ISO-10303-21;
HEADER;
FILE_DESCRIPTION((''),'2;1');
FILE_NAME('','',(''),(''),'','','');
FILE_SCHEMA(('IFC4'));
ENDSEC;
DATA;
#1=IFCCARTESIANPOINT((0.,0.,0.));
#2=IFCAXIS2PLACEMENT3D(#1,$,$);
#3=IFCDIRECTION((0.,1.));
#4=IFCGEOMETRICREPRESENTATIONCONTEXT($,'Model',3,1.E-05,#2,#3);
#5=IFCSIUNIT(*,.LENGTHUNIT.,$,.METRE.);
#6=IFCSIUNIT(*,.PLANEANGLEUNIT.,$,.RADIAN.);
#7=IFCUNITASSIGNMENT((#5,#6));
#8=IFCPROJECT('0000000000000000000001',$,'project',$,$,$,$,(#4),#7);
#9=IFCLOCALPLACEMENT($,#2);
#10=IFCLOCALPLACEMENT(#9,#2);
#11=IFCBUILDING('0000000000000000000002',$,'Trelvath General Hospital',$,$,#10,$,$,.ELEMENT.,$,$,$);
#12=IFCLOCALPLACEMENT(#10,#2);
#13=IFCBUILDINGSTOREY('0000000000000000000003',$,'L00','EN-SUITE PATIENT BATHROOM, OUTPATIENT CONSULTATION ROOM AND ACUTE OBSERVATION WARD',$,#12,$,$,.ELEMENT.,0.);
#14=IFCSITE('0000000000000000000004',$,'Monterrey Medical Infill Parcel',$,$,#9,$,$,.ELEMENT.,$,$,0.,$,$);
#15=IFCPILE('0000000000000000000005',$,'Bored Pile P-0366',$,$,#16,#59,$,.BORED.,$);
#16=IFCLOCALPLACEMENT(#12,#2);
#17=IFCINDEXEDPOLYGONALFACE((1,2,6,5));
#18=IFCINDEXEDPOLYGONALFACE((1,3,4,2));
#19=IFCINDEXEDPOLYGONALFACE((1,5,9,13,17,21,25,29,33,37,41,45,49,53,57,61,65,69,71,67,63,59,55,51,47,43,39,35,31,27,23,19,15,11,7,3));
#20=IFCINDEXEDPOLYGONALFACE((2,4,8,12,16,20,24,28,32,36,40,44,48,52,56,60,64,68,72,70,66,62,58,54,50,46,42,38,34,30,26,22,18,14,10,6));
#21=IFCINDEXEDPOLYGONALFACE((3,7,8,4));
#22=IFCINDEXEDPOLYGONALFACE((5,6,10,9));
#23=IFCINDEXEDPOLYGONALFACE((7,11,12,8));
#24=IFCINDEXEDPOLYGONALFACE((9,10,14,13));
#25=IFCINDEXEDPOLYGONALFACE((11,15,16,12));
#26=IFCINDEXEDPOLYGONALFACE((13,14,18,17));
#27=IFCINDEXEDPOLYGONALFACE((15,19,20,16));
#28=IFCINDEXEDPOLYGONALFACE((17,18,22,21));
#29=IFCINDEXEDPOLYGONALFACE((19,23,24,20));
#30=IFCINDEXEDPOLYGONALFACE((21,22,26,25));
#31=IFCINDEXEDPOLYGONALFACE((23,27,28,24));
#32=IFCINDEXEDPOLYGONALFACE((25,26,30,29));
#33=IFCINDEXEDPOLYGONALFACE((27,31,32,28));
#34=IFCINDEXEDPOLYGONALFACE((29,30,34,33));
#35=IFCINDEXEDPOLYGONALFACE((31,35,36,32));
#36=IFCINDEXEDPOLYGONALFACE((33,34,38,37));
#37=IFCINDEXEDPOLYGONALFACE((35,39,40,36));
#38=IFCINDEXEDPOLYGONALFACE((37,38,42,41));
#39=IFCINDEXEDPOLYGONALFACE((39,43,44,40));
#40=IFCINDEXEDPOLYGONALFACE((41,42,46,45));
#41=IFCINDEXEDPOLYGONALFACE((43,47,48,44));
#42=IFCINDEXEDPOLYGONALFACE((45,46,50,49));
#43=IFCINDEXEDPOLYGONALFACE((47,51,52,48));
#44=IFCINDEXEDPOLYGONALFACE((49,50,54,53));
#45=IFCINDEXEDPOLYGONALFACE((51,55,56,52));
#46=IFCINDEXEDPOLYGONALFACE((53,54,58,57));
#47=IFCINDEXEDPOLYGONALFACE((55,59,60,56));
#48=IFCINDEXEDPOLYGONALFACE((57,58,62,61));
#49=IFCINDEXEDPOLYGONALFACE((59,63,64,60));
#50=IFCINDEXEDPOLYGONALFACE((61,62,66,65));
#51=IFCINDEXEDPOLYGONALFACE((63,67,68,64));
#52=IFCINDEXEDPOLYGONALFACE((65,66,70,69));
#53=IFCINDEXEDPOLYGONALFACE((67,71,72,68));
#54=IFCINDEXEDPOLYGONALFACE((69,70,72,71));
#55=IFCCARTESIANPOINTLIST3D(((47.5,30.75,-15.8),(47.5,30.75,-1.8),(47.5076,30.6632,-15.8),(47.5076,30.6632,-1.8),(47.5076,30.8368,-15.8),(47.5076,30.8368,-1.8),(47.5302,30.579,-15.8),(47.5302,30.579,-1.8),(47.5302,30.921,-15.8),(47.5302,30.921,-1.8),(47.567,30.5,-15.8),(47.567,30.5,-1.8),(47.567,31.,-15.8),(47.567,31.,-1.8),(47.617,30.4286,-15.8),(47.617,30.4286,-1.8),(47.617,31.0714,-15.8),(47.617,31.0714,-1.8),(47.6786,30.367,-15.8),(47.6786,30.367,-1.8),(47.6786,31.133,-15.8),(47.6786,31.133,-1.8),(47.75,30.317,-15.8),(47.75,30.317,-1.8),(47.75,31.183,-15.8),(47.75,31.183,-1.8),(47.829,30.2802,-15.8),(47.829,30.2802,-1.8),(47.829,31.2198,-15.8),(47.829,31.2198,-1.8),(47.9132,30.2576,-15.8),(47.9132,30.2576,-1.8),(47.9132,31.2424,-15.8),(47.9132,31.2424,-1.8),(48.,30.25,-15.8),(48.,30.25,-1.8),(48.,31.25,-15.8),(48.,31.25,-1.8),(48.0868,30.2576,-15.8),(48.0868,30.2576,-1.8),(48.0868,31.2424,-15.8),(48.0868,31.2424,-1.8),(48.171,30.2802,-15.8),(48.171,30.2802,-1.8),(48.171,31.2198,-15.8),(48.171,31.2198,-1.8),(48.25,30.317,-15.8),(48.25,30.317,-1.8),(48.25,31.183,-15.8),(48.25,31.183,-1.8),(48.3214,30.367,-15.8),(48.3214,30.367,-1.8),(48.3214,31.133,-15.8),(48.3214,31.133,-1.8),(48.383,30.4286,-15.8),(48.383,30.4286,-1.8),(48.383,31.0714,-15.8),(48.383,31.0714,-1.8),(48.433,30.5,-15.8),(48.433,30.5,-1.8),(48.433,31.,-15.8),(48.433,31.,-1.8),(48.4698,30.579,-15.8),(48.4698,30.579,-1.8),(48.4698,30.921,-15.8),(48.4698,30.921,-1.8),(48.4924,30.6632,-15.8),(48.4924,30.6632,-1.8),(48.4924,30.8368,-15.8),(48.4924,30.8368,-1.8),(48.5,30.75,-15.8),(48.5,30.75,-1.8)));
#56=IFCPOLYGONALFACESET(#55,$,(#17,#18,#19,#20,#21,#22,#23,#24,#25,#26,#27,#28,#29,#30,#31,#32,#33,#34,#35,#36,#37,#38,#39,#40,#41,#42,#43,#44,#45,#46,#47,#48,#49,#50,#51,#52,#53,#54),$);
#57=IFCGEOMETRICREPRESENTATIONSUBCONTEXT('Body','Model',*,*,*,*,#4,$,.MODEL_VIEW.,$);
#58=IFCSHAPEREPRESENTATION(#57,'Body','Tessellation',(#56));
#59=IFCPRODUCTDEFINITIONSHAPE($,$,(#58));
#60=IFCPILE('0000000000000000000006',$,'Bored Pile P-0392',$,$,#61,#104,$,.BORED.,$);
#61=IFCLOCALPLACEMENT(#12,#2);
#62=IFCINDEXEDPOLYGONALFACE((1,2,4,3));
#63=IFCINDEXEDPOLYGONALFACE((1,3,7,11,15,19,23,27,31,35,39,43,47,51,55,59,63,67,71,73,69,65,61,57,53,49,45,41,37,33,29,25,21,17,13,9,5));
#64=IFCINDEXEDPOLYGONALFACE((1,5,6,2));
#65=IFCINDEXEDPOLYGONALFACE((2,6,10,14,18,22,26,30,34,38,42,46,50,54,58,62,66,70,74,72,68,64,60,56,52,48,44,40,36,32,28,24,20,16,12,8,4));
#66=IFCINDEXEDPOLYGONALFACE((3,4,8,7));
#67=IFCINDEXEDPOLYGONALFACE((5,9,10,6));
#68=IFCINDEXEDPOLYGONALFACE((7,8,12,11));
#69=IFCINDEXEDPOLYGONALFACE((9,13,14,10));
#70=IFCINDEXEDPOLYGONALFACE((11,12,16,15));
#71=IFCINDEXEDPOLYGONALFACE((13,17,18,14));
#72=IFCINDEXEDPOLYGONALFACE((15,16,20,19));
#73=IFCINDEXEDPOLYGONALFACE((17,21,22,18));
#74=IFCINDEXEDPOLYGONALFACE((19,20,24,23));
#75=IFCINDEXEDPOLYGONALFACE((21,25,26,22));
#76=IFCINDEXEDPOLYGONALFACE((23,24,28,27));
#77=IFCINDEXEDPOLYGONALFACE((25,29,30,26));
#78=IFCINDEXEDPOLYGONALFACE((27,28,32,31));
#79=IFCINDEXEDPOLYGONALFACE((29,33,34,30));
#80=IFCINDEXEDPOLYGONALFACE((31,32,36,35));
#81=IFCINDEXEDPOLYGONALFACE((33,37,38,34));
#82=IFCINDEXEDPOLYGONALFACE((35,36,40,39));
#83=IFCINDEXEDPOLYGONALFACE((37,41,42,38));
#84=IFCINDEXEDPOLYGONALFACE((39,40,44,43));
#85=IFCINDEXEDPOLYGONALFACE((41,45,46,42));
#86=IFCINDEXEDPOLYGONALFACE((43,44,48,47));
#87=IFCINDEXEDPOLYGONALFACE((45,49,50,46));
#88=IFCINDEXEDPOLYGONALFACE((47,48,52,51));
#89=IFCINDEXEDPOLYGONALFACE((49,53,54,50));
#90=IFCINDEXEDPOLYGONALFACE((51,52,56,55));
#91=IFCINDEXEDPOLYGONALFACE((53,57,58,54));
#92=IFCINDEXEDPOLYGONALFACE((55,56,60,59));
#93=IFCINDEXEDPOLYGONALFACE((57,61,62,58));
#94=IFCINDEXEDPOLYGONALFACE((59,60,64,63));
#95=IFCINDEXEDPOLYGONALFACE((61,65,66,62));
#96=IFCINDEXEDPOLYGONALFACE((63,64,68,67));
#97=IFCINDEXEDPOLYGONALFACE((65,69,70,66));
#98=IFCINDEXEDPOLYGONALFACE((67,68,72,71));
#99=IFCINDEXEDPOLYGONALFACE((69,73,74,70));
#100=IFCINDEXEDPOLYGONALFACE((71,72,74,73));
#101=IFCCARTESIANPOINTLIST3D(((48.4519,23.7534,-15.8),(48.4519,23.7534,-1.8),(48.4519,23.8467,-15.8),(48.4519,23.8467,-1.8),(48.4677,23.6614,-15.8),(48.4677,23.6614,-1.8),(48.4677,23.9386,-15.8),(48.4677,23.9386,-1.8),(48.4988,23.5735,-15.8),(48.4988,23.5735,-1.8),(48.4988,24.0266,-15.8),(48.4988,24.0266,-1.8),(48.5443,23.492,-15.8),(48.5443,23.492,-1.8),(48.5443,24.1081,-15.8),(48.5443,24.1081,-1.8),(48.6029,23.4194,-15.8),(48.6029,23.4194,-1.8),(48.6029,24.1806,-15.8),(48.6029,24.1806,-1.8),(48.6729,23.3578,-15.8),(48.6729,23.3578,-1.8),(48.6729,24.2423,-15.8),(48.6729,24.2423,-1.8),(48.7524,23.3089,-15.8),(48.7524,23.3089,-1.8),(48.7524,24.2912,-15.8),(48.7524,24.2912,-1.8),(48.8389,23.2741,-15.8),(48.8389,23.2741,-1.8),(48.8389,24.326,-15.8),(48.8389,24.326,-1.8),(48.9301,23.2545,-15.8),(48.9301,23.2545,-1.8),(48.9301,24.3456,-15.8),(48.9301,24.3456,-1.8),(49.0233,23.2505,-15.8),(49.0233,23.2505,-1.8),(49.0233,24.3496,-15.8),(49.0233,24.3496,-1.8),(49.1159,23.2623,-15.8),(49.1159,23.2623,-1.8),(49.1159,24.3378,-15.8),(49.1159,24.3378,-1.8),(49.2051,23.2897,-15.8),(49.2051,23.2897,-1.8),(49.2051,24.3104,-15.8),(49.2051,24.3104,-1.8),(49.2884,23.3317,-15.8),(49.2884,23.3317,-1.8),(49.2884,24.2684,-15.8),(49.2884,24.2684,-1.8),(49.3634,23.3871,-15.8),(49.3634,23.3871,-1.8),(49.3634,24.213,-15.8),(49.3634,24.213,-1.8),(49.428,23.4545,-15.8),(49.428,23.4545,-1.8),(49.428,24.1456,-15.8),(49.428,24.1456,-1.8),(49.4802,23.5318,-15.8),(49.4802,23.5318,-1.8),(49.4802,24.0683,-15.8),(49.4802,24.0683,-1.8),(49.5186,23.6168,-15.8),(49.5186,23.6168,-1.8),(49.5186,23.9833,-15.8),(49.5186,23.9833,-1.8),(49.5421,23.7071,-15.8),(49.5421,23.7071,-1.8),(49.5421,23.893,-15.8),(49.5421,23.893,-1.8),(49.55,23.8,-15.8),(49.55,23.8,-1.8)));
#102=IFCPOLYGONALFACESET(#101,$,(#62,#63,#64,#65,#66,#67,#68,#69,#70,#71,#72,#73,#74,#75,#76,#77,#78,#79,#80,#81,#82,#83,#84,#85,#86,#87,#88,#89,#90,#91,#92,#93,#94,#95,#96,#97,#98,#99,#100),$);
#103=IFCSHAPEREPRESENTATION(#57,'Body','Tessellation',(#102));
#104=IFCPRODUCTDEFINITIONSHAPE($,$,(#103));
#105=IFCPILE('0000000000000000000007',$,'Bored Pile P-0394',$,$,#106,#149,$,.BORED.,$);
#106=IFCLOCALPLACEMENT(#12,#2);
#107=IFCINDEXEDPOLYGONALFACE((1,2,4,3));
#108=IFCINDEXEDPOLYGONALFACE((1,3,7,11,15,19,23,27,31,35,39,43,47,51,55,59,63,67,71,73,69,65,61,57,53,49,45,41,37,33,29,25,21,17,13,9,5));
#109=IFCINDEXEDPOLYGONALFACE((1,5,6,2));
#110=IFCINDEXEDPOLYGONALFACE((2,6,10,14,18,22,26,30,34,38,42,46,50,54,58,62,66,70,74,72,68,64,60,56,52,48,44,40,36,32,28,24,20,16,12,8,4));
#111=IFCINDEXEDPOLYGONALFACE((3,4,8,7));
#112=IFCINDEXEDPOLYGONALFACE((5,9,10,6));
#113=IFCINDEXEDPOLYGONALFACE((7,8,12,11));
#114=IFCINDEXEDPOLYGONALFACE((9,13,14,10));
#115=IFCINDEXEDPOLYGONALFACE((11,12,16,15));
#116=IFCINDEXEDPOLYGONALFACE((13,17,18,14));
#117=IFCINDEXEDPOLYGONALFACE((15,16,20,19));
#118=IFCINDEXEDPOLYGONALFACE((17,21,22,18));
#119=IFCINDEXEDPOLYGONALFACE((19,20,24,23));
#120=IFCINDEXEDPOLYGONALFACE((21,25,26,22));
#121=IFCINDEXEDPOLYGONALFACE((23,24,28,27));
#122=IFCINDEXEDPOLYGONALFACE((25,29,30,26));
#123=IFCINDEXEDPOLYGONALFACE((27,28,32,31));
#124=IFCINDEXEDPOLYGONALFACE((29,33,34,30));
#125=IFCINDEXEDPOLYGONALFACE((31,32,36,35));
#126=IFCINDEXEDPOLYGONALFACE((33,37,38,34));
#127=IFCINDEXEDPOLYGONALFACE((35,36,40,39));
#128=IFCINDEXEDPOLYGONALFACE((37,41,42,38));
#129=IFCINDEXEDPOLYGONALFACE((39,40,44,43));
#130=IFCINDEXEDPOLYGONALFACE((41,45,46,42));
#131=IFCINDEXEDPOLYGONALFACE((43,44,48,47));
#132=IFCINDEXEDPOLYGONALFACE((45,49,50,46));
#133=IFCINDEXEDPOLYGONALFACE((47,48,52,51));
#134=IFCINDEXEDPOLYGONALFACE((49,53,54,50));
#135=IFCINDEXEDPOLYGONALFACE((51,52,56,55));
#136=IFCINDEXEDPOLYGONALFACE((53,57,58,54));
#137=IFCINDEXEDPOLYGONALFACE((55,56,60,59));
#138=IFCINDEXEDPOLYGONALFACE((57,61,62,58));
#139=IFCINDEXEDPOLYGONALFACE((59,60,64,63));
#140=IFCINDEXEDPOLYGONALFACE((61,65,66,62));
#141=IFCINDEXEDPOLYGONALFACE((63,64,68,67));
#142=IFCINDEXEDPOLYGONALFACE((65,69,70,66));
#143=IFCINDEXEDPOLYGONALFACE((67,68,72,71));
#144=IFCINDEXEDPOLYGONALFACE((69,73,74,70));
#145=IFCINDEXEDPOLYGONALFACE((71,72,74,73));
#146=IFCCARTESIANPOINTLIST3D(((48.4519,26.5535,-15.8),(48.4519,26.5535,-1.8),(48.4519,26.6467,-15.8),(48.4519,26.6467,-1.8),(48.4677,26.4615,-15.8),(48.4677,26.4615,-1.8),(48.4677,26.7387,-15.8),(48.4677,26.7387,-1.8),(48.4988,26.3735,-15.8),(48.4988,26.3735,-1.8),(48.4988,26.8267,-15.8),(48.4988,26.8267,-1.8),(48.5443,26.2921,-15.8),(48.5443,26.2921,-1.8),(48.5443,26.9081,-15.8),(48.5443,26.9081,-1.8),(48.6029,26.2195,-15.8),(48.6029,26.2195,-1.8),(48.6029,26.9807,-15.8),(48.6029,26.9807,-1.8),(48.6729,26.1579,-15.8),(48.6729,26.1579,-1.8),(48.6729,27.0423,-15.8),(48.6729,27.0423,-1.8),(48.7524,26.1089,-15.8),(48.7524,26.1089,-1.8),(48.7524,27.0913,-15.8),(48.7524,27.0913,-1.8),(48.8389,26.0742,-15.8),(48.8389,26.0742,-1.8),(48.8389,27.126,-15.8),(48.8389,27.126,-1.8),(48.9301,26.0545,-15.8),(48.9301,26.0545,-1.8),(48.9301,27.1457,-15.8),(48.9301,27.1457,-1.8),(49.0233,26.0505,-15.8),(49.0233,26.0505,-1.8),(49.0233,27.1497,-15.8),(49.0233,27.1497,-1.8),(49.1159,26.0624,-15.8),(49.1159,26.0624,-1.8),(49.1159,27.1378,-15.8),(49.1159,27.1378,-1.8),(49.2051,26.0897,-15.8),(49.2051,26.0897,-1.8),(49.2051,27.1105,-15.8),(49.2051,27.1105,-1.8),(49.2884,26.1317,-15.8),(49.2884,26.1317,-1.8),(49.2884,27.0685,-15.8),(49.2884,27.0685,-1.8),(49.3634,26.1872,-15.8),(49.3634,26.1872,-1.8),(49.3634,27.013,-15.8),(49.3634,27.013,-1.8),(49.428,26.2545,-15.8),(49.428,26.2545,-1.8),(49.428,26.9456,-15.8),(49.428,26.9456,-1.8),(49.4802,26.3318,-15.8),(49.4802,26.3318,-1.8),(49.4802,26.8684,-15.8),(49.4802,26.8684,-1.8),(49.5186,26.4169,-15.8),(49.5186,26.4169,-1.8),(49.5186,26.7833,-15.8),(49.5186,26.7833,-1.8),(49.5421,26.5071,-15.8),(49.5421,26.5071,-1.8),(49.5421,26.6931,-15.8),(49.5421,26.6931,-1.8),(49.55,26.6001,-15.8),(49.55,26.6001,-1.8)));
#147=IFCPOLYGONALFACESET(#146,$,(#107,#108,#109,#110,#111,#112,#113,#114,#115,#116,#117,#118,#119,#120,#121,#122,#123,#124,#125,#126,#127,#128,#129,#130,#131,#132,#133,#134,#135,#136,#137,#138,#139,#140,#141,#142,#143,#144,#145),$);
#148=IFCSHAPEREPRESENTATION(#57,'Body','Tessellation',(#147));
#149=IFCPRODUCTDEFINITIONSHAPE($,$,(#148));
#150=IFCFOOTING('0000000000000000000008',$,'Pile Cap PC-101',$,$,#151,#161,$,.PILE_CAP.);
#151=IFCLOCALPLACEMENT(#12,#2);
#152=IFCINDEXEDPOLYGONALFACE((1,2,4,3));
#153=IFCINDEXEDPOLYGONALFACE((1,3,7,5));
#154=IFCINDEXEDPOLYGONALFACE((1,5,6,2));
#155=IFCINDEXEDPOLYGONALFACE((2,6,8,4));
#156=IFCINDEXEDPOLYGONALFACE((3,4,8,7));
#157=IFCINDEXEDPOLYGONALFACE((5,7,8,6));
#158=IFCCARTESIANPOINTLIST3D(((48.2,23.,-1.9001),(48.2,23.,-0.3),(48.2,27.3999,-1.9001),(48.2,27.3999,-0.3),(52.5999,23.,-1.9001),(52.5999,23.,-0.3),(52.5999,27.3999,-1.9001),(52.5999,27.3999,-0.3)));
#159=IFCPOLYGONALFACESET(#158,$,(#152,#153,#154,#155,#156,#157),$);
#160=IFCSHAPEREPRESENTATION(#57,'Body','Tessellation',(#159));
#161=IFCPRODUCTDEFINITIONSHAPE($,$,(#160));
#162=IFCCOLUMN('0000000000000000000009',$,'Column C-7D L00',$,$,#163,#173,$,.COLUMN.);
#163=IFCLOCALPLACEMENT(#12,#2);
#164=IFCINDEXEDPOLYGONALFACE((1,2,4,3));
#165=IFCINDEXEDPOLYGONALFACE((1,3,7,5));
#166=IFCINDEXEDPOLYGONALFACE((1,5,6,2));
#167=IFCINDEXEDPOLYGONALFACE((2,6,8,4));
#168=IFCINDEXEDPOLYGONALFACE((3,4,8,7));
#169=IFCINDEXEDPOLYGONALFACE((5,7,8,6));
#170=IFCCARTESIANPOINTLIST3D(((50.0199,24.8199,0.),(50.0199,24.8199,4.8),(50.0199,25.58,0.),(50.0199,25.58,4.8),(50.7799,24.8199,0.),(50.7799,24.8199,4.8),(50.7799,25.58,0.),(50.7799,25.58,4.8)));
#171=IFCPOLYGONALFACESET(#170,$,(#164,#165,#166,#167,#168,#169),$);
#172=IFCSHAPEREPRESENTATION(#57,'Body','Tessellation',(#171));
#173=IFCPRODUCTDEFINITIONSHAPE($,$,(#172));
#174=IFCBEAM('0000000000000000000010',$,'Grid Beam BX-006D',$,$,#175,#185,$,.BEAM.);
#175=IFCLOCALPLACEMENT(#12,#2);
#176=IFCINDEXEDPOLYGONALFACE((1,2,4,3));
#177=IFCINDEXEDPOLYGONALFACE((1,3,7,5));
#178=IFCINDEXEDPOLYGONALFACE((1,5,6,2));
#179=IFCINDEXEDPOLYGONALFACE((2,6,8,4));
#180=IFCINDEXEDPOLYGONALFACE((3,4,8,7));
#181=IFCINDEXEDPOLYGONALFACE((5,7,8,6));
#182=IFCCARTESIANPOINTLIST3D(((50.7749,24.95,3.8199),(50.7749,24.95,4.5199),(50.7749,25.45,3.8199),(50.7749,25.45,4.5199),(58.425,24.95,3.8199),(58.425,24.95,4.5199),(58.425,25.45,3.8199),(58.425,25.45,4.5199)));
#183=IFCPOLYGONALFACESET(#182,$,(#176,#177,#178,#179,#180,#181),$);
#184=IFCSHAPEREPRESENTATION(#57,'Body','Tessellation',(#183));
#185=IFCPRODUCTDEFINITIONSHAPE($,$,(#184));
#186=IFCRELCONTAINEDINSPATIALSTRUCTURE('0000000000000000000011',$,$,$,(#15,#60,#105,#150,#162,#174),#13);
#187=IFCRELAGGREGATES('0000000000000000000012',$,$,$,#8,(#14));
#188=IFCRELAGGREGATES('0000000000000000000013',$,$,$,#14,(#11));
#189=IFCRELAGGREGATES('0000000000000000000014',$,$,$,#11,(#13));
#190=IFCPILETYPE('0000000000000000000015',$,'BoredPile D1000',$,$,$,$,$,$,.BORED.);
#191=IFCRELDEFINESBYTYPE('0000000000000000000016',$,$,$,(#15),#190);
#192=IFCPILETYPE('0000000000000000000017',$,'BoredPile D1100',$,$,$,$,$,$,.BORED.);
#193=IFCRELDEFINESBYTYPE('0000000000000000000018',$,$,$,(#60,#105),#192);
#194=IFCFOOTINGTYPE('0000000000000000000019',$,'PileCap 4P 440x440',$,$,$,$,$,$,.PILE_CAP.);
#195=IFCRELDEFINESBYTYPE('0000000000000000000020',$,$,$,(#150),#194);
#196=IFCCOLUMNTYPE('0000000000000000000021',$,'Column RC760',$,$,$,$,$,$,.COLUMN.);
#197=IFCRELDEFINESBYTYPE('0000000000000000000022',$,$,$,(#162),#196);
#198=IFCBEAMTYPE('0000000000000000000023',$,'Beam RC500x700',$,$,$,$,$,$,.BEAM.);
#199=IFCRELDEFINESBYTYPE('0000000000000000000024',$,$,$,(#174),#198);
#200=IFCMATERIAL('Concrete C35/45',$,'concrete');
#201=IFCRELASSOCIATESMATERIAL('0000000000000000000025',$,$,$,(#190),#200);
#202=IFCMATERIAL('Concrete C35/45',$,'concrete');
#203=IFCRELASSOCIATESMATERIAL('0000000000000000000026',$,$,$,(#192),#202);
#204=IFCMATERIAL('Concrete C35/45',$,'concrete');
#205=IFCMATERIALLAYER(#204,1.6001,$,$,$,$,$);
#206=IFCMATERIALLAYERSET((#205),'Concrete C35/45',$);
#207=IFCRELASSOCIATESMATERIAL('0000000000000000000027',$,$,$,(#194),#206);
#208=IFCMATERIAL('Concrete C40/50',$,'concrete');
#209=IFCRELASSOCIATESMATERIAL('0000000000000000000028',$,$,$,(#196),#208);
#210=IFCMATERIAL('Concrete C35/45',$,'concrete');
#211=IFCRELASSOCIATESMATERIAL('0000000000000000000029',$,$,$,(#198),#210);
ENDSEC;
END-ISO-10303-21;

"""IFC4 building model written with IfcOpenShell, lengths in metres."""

from ifc_helpers import new_model, si_unit, direction, frame, origin, origin_2d, place, context, subcontext, project, spatial, rectangle, circle, extrude, material, layer, layer_set, material_profile, profile_set, type_object, element, save


model = new_model("IFC4")

# Units and contexts
model_context = context("Model", 3, precision=1e-05, world=origin(), true_north=direction((0.0, 1.0)))
body_context = subcontext(model_context, "Body", "Model", "MODEL_VIEW")
ifc_project = project(units=[si_unit("LENGTHUNIT", "METRE"), si_unit("PLANEANGLEUNIT", "RADIAN")], contexts=[model_context])

# Site, building, storey
site_placement = place(None, origin())
site = spatial("IfcSite", under=ifc_project, at=site_placement, Name="Monterrey Medical Infill Parcel", CompositionType="ELEMENT", RefElevation=0.0)
building_placement = place(site_placement, origin())
building = spatial("IfcBuilding", under=site, at=building_placement, Name="Trelvath General Hospital", CompositionType="ELEMENT")
storey_placement = place(building_placement, origin())
storey = spatial("IfcBuildingStorey", under=building, at=storey_placement, Name="L00", Description="EN-SUITE PATIENT BATHROOM, OUTPATIENT CONSULTATION ROOM AND ACUTE OBSERVATION WARD", CompositionType="ELEMENT", Elevation=0.0)

# Piles
ifc_material_1 = material(Name="Concrete C35/45", Category="concrete")
ifc_material_profile_1 = material_profile(ifc_material_1, circle(Radius=0.5, at=origin_2d()), Name="PILE1000")
ifc_profile_set_1 = profile_set([ifc_material_profile_1], Name="Concrete C35/45")
pile_type_1 = type_object("IfcPileType", Name="BoredPile D1000", PredefinedType="BORED", material=ifc_profile_set_1)
pile_placement = place(storey_placement, frame((48.0, 30.75, -1.8), z_axis=(0.0, 0.0, -1.0), x_axis=(1.0, 0.0, 0.0)))
element("IfcPile", 1, at=pile_placement, inside=storey, type_object=pile_type_1, Name="Bored Pile P-0366", PredefinedType="BORED", context=body_context, shape_type="SweptSolid", body=[
    extrude(circle(Radius=0.5, at=origin_2d()), origin(), (0.0, 0.0, 1.0), 14.0),
])
ifc_material_2 = material(Name="Concrete C35/45", Category="concrete")
ifc_material_profile_2 = material_profile(ifc_material_2, circle(Radius=0.55, at=origin_2d()), Name="PILE1100")
ifc_profile_set_2 = profile_set([ifc_material_profile_2], Name="Concrete C35/45")
pile_type_2 = type_object("IfcPileType", Name="BoredPile D1100", PredefinedType="BORED", material=ifc_profile_set_2)
for number, where, z_axis, x_axis, name in (
    (2, (49.0, 23.8, -1.8), (0.0, 0.0, -1.0), (1.0, 0.0, 0.0), "Bored Pile P-0392"),
    (3, (49.0, 26.6001, -1.8), (0.0, 0.0, -1.0), (1.0, 0.0, 0.0), "Bored Pile P-0394"),
):
    element("IfcPile", number, at=place(storey_placement, frame(where, z_axis=z_axis, x_axis=x_axis)), inside=storey, type_object=pile_type_2, Name=name, PredefinedType="BORED", context=body_context, shape_type="SweptSolid", body=[
        extrude(circle(Radius=0.55, at=origin_2d()), origin(), (0.0, 0.0, 1.0), 14.0),
    ])

# Footing
ifc_material_3 = material(Name="Concrete C35/45", Category="concrete")
ifc_layer_1 = layer(ifc_material_3, 1.6001)
ifc_layer_set_1 = layer_set([ifc_layer_1], Name="Concrete C35/45")
footing_type = type_object("IfcFootingType", Name="PileCap 4P 440x440", PredefinedType="PILE_CAP", material=ifc_layer_set_1)
footing_placement = place(storey_placement, frame((50.3999, 25.2, -1.9001), z_axis=(0.0, 0.0, 1.0), x_axis=(1.0, 0.0, 0.0)))
element("IfcFooting", 4, at=footing_placement, inside=storey, type_object=footing_type, Name="Pile Cap PC-101", PredefinedType="PILE_CAP", context=body_context, shape_type="SweptSolid", body=[
    extrude(rectangle(XDim=4.3999, YDim=4.3999, at=origin_2d()), origin(), (0.0, 0.0, 1.0), 1.6001),
])

# Column
ifc_material_4 = material(Name="Concrete C40/50", Category="concrete")
ifc_material_profile_3 = material_profile(ifc_material_4, rectangle(XDim=0.76, YDim=0.76, at=origin_2d()), Name="RC760x760")
ifc_profile_set_3 = profile_set([ifc_material_profile_3], Name="Concrete C40/50")
column_type = type_object("IfcColumnType", Name="Column RC760", PredefinedType="COLUMN", material=ifc_profile_set_3)
column_placement = place(storey_placement, frame((50.3999, 25.2, 0.0), z_axis=(0.0, 0.0, 1.0), x_axis=(1.0, 0.0, 0.0)))
element("IfcColumn", 5, at=column_placement, inside=storey, type_object=column_type, Name="Column C-7D L00", PredefinedType="COLUMN", context=body_context, shape_type="SweptSolid", body=[
    extrude(rectangle(XDim=0.76, YDim=0.76, at=origin_2d()), origin(), (0.0, 0.0, 1.0), 4.8),
])

# Beam
ifc_material_5 = material(Name="Concrete C35/45", Category="concrete")
ifc_material_profile_4 = material_profile(ifc_material_5, rectangle(XDim=0.5, YDim=0.7, at=origin_2d()), Name="RCB500x700")
ifc_profile_set_4 = profile_set([ifc_material_profile_4], Name="Concrete C35/45")
beam_type = type_object("IfcBeamType", Name="Beam RC500x700", PredefinedType="BEAM", material=ifc_profile_set_4)
beam_placement = place(storey_placement, frame((50.7749, 25.2, 4.1699), z_axis=(1.0, 0.0, 0.0), x_axis=(0.0, 1.0, 0.0)))
element("IfcBeam", 6, at=beam_placement, inside=storey, type_object=beam_type, Name="Grid Beam BX-006D", PredefinedType="BEAM", context=body_context, shape_type="SweptSolid", body=[
    extrude(rectangle(XDim=0.5, YDim=0.7, at=origin_2d()), origin(), (0.0, 0.0, 1.0), 7.6501),
])

save(model, "model.ifc")
